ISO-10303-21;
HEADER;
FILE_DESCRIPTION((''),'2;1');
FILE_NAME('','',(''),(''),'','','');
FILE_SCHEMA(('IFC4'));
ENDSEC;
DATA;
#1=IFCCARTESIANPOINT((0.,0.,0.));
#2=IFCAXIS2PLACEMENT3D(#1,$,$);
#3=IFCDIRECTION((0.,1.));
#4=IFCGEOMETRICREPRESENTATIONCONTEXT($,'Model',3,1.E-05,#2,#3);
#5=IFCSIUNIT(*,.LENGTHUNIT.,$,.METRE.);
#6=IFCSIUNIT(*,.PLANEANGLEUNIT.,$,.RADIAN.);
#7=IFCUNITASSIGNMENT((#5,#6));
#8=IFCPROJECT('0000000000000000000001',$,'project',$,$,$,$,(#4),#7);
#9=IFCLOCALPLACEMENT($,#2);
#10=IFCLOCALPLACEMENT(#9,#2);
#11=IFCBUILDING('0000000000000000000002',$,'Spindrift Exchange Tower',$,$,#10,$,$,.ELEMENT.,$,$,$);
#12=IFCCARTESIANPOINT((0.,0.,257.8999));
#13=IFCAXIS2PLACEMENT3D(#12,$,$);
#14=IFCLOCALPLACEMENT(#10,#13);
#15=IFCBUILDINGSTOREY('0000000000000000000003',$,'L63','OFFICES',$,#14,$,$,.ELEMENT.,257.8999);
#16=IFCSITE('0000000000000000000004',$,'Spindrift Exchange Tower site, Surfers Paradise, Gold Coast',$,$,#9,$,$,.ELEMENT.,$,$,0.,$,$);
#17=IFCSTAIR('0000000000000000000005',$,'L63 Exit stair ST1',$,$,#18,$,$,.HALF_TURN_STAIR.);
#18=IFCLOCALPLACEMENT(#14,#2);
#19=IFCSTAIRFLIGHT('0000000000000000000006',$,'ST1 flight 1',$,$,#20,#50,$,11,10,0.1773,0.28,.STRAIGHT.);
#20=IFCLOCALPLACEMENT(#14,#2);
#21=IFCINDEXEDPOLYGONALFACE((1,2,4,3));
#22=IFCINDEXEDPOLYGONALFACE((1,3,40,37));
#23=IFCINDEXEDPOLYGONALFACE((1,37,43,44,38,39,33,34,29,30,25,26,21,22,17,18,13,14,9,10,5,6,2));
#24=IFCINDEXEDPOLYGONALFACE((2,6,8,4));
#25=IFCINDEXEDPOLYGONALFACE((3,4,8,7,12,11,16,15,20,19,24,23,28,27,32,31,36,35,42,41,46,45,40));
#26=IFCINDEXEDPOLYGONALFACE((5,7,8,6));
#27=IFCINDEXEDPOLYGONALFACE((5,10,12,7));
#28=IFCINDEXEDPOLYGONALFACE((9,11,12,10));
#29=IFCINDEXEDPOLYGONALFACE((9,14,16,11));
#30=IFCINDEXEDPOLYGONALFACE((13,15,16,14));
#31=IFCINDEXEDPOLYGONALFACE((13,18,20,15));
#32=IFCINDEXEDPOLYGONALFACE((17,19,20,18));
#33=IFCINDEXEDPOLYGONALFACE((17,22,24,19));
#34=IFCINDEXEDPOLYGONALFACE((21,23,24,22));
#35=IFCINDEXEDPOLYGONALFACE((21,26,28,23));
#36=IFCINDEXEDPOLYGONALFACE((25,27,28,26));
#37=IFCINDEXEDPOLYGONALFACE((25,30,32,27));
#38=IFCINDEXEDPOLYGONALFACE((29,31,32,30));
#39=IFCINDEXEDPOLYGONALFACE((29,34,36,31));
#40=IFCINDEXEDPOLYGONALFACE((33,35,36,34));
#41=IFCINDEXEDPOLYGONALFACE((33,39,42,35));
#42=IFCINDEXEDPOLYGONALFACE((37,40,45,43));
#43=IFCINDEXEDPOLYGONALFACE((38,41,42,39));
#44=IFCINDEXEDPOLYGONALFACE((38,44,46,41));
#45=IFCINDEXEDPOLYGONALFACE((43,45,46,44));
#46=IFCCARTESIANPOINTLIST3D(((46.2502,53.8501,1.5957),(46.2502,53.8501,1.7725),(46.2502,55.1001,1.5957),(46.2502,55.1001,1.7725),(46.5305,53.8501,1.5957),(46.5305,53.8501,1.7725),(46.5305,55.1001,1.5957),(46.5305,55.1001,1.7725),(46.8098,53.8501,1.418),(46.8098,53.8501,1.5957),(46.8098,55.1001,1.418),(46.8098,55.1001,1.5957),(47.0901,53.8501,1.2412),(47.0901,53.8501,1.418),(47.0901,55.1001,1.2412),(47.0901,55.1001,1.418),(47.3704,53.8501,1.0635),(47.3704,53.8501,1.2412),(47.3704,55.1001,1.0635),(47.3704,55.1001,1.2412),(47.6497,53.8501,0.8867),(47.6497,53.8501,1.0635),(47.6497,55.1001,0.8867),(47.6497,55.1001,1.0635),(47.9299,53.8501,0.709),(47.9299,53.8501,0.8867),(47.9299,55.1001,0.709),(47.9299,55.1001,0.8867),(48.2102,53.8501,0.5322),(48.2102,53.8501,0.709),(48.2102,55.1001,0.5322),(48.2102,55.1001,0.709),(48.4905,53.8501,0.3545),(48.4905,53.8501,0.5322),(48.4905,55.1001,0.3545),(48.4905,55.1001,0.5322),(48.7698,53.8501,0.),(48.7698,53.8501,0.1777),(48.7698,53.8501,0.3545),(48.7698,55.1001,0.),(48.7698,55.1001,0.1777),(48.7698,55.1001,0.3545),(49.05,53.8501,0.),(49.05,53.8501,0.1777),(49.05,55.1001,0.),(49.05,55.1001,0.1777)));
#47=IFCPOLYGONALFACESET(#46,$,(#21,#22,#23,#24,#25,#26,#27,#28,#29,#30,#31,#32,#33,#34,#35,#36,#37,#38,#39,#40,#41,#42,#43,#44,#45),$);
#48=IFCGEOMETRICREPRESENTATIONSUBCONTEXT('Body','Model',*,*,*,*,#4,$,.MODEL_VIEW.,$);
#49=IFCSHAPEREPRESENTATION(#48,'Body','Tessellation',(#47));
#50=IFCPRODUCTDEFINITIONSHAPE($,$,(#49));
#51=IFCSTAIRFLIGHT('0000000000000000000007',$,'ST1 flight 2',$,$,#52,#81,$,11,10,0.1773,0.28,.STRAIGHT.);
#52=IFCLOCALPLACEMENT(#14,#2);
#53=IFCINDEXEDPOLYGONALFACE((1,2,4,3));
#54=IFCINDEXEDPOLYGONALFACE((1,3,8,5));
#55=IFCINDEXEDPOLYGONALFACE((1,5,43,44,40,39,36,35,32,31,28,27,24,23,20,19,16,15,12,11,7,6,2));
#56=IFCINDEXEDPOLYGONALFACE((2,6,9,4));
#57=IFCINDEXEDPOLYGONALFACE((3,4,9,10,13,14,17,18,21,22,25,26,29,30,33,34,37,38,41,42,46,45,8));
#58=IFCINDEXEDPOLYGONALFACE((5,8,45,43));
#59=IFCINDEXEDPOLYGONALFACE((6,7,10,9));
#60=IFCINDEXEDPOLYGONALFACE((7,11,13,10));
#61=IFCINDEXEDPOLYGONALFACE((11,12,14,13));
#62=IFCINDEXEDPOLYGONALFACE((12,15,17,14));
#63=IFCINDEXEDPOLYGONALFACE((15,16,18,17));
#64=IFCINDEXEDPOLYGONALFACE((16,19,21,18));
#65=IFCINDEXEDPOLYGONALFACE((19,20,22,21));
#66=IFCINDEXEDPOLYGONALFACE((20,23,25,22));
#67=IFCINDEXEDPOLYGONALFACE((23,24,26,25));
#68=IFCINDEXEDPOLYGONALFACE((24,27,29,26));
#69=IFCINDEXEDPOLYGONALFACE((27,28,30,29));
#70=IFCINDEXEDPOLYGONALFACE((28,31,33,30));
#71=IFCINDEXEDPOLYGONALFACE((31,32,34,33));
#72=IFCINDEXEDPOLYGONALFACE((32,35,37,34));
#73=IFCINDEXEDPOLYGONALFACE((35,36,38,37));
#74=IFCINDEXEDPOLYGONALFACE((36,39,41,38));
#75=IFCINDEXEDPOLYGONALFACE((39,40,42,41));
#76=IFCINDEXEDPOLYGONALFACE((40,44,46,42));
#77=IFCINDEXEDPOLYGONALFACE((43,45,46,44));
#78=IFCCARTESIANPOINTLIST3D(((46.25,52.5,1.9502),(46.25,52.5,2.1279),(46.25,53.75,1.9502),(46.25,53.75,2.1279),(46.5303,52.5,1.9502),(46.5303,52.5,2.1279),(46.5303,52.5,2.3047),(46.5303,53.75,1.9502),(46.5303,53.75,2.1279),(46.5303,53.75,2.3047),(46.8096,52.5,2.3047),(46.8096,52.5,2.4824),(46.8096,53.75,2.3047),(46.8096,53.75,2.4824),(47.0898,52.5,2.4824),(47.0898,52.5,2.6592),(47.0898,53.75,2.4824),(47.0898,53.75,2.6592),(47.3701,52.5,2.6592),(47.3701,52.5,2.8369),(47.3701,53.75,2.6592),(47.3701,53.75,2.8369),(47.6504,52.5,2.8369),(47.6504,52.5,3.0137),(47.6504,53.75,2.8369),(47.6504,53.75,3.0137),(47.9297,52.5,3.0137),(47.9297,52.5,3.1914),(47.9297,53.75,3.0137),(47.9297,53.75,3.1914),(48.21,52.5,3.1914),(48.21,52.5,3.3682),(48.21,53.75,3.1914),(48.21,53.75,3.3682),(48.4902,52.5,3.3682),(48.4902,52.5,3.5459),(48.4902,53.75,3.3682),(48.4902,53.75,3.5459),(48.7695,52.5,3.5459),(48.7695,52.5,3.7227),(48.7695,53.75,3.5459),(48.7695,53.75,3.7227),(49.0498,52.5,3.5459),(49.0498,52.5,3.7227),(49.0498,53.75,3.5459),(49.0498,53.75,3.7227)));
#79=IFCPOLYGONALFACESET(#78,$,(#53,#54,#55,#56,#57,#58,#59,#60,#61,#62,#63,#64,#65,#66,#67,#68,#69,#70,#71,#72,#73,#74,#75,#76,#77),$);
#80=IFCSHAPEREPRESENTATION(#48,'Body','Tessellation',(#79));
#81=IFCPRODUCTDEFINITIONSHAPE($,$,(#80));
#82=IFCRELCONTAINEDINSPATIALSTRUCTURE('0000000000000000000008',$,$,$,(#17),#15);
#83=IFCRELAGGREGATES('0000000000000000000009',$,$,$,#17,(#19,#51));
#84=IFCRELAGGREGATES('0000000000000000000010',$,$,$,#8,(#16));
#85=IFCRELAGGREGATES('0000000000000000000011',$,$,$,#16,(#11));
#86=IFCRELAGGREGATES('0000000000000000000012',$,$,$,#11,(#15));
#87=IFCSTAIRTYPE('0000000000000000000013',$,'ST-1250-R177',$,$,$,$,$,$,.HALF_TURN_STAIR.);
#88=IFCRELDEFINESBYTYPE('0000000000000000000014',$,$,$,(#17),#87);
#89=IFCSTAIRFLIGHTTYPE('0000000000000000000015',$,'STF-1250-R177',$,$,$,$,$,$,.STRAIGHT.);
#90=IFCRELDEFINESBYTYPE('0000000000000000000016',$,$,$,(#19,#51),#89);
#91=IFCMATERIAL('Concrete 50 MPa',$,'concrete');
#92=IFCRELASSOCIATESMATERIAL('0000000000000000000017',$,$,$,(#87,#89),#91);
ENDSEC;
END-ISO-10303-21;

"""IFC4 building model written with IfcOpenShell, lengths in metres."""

from ifc_helpers import new_model, si_unit, direction, frame, origin, place, context, subcontext, project, spatial, line, indexed_curve, outline, extrude, material, type_object, element, aggregate, save


model = new_model("IFC4")

# Units and contexts
model_context = context("Model", 3, precision=1e-05, world=origin(), true_north=direction((0.0, 1.0)))
body_context = subcontext(model_context, "Body", "Model", "MODEL_VIEW")
ifc_project = project(units=[si_unit("LENGTHUNIT", "METRE"), si_unit("PLANEANGLEUNIT", "RADIAN")], contexts=[model_context])

# Site, building, storey
site_placement = place(None, origin())
site = spatial("IfcSite", under=ifc_project, at=site_placement, Name="Spindrift Exchange Tower site, Surfers Paradise, Gold Coast", CompositionType="ELEMENT", RefElevation=0.0)
building_placement = place(site_placement, origin())
building = spatial("IfcBuilding", under=site, at=building_placement, Name="Spindrift Exchange Tower", CompositionType="ELEMENT")
storey_placement = place(building_placement, frame((0.0, 0.0, 257.8999)))
storey = spatial("IfcBuildingStorey", under=building, at=storey_placement, Name="L63", Description="OFFICES", CompositionType="ELEMENT", Elevation=257.8999)

# Shared definitions
ifc_material_1 = material(Name="Concrete 50 MPa", Category="concrete")

# Stair, stair flights
stair_type = type_object("IfcStairType", Name="ST-1250-R177", PredefinedType="HALF_TURN_STAIR", material=ifc_material_1)
stair_placement = place(storey_placement, origin())
stair = element("IfcStair", 1, at=stair_placement, inside=storey, type_object=stair_type, Name="L63 Exit stair ST1", PredefinedType="HALF_TURN_STAIR")
stair_flight_type = type_object("IfcStairFlightType", Name="STF-1250-R177", PredefinedType="STRAIGHT", material=ifc_material_1)
stair_flight_1_placement = place(storey_placement, frame((49.05, 54.4751, 0.0), z_axis=(0.0, 0.0, 1.0), x_axis=(-1.0, 0.0, 0.0)))
stair_flight_1 = element("IfcStairFlight", 2, at=stair_flight_1_placement, type_object=stair_flight_type, Name="ST1 flight 1", NumberOfRisers=11, NumberOfTreads=10, PredefinedType="STRAIGHT", RiserHeight=0.1773, TreadLength=0.28, context=body_context, shape_type="SweptSolid", body=[
    extrude(outline(indexed_curve([(0.0, 0.0), (0.0, 0.1777), (0.2803, 0.1777), (0.2803, 0.3545), (0.5596, 0.3545), (0.5596, 0.5322), (0.8398, 0.5322), (0.8398, 0.709), (1.1201, 0.709), (1.1201, 0.8867), (1.4004, 0.8867), (1.4004, 1.0635), (1.6797, 1.0635), (1.6797, 1.2412), (1.96, 1.2412), (1.96, 1.418), (2.2402, 1.418), (2.2402, 1.5957), (2.5195, 1.5957), (2.5195, 1.7725), (2.7998, 1.7725), (2.7998, 1.9502), (2.7998, 1.5957), (0.2803, 0.0)], segments=[line(1, 2, 3, 4, 5, 6, 7, 8, 9, 10, 11, 12, 13, 14, 15, 16, 17, 18, 19, 20, 21, 22, 23, 24, 1)], self_intersect=False)), frame((0.0, 0.625, 0.0), z_axis=(0.0, -1.0, 0.0), x_axis=(1.0, 0.0, 0.0)), (0.0, 0.0, 1.0), 1.25),
])
stair_flight_2_placement = place(storey_placement, frame((46.25, 53.125, 1.9502), z_axis=(0.0, 0.0, 1.0), x_axis=(1.0, 0.0, 0.0)))
stair_flight_2 = element("IfcStairFlight", 3, at=stair_flight_2_placement, type_object=stair_flight_type, Name="ST1 flight 2", NumberOfRisers=11, NumberOfTreads=10, PredefinedType="STRAIGHT", RiserHeight=0.1773, TreadLength=0.28, context=body_context, shape_type="SweptSolid", body=[
    extrude(outline(indexed_curve([(0.0, 0.0), (0.0, 0.1777), (0.2803, 0.1777), (0.2803, 0.3545), (0.5596, 0.3545), (0.5596, 0.5322), (0.8398, 0.5322), (0.8398, 0.709), (1.1201, 0.709), (1.1201, 0.8867), (1.4004, 0.8867), (1.4004, 1.0635), (1.6797, 1.0635), (1.6797, 1.2412), (1.96, 1.2412), (1.96, 1.418), (2.2402, 1.418), (2.2402, 1.5957), (2.5195, 1.5957), (2.5195, 1.7725), (2.7998, 1.7725), (2.7998, 1.9502), (2.7998, 1.5957), (0.2803, 0.0)], segments=[line(1, 2, 3, 4, 5, 6, 7, 8, 9, 10, 11, 12, 13, 14, 15, 16, 17, 18, 19, 20, 21, 22, 23, 24, 1)], self_intersect=False)), frame((0.0, 0.625, 0.0), z_axis=(0.0, -1.0, 0.0), x_axis=(1.0, 0.0, 0.0)), (0.0, 0.0, 1.0), 1.25),
])
aggregate(stair, [stair_flight_1, stair_flight_2])

save(model, "model.ifc")
